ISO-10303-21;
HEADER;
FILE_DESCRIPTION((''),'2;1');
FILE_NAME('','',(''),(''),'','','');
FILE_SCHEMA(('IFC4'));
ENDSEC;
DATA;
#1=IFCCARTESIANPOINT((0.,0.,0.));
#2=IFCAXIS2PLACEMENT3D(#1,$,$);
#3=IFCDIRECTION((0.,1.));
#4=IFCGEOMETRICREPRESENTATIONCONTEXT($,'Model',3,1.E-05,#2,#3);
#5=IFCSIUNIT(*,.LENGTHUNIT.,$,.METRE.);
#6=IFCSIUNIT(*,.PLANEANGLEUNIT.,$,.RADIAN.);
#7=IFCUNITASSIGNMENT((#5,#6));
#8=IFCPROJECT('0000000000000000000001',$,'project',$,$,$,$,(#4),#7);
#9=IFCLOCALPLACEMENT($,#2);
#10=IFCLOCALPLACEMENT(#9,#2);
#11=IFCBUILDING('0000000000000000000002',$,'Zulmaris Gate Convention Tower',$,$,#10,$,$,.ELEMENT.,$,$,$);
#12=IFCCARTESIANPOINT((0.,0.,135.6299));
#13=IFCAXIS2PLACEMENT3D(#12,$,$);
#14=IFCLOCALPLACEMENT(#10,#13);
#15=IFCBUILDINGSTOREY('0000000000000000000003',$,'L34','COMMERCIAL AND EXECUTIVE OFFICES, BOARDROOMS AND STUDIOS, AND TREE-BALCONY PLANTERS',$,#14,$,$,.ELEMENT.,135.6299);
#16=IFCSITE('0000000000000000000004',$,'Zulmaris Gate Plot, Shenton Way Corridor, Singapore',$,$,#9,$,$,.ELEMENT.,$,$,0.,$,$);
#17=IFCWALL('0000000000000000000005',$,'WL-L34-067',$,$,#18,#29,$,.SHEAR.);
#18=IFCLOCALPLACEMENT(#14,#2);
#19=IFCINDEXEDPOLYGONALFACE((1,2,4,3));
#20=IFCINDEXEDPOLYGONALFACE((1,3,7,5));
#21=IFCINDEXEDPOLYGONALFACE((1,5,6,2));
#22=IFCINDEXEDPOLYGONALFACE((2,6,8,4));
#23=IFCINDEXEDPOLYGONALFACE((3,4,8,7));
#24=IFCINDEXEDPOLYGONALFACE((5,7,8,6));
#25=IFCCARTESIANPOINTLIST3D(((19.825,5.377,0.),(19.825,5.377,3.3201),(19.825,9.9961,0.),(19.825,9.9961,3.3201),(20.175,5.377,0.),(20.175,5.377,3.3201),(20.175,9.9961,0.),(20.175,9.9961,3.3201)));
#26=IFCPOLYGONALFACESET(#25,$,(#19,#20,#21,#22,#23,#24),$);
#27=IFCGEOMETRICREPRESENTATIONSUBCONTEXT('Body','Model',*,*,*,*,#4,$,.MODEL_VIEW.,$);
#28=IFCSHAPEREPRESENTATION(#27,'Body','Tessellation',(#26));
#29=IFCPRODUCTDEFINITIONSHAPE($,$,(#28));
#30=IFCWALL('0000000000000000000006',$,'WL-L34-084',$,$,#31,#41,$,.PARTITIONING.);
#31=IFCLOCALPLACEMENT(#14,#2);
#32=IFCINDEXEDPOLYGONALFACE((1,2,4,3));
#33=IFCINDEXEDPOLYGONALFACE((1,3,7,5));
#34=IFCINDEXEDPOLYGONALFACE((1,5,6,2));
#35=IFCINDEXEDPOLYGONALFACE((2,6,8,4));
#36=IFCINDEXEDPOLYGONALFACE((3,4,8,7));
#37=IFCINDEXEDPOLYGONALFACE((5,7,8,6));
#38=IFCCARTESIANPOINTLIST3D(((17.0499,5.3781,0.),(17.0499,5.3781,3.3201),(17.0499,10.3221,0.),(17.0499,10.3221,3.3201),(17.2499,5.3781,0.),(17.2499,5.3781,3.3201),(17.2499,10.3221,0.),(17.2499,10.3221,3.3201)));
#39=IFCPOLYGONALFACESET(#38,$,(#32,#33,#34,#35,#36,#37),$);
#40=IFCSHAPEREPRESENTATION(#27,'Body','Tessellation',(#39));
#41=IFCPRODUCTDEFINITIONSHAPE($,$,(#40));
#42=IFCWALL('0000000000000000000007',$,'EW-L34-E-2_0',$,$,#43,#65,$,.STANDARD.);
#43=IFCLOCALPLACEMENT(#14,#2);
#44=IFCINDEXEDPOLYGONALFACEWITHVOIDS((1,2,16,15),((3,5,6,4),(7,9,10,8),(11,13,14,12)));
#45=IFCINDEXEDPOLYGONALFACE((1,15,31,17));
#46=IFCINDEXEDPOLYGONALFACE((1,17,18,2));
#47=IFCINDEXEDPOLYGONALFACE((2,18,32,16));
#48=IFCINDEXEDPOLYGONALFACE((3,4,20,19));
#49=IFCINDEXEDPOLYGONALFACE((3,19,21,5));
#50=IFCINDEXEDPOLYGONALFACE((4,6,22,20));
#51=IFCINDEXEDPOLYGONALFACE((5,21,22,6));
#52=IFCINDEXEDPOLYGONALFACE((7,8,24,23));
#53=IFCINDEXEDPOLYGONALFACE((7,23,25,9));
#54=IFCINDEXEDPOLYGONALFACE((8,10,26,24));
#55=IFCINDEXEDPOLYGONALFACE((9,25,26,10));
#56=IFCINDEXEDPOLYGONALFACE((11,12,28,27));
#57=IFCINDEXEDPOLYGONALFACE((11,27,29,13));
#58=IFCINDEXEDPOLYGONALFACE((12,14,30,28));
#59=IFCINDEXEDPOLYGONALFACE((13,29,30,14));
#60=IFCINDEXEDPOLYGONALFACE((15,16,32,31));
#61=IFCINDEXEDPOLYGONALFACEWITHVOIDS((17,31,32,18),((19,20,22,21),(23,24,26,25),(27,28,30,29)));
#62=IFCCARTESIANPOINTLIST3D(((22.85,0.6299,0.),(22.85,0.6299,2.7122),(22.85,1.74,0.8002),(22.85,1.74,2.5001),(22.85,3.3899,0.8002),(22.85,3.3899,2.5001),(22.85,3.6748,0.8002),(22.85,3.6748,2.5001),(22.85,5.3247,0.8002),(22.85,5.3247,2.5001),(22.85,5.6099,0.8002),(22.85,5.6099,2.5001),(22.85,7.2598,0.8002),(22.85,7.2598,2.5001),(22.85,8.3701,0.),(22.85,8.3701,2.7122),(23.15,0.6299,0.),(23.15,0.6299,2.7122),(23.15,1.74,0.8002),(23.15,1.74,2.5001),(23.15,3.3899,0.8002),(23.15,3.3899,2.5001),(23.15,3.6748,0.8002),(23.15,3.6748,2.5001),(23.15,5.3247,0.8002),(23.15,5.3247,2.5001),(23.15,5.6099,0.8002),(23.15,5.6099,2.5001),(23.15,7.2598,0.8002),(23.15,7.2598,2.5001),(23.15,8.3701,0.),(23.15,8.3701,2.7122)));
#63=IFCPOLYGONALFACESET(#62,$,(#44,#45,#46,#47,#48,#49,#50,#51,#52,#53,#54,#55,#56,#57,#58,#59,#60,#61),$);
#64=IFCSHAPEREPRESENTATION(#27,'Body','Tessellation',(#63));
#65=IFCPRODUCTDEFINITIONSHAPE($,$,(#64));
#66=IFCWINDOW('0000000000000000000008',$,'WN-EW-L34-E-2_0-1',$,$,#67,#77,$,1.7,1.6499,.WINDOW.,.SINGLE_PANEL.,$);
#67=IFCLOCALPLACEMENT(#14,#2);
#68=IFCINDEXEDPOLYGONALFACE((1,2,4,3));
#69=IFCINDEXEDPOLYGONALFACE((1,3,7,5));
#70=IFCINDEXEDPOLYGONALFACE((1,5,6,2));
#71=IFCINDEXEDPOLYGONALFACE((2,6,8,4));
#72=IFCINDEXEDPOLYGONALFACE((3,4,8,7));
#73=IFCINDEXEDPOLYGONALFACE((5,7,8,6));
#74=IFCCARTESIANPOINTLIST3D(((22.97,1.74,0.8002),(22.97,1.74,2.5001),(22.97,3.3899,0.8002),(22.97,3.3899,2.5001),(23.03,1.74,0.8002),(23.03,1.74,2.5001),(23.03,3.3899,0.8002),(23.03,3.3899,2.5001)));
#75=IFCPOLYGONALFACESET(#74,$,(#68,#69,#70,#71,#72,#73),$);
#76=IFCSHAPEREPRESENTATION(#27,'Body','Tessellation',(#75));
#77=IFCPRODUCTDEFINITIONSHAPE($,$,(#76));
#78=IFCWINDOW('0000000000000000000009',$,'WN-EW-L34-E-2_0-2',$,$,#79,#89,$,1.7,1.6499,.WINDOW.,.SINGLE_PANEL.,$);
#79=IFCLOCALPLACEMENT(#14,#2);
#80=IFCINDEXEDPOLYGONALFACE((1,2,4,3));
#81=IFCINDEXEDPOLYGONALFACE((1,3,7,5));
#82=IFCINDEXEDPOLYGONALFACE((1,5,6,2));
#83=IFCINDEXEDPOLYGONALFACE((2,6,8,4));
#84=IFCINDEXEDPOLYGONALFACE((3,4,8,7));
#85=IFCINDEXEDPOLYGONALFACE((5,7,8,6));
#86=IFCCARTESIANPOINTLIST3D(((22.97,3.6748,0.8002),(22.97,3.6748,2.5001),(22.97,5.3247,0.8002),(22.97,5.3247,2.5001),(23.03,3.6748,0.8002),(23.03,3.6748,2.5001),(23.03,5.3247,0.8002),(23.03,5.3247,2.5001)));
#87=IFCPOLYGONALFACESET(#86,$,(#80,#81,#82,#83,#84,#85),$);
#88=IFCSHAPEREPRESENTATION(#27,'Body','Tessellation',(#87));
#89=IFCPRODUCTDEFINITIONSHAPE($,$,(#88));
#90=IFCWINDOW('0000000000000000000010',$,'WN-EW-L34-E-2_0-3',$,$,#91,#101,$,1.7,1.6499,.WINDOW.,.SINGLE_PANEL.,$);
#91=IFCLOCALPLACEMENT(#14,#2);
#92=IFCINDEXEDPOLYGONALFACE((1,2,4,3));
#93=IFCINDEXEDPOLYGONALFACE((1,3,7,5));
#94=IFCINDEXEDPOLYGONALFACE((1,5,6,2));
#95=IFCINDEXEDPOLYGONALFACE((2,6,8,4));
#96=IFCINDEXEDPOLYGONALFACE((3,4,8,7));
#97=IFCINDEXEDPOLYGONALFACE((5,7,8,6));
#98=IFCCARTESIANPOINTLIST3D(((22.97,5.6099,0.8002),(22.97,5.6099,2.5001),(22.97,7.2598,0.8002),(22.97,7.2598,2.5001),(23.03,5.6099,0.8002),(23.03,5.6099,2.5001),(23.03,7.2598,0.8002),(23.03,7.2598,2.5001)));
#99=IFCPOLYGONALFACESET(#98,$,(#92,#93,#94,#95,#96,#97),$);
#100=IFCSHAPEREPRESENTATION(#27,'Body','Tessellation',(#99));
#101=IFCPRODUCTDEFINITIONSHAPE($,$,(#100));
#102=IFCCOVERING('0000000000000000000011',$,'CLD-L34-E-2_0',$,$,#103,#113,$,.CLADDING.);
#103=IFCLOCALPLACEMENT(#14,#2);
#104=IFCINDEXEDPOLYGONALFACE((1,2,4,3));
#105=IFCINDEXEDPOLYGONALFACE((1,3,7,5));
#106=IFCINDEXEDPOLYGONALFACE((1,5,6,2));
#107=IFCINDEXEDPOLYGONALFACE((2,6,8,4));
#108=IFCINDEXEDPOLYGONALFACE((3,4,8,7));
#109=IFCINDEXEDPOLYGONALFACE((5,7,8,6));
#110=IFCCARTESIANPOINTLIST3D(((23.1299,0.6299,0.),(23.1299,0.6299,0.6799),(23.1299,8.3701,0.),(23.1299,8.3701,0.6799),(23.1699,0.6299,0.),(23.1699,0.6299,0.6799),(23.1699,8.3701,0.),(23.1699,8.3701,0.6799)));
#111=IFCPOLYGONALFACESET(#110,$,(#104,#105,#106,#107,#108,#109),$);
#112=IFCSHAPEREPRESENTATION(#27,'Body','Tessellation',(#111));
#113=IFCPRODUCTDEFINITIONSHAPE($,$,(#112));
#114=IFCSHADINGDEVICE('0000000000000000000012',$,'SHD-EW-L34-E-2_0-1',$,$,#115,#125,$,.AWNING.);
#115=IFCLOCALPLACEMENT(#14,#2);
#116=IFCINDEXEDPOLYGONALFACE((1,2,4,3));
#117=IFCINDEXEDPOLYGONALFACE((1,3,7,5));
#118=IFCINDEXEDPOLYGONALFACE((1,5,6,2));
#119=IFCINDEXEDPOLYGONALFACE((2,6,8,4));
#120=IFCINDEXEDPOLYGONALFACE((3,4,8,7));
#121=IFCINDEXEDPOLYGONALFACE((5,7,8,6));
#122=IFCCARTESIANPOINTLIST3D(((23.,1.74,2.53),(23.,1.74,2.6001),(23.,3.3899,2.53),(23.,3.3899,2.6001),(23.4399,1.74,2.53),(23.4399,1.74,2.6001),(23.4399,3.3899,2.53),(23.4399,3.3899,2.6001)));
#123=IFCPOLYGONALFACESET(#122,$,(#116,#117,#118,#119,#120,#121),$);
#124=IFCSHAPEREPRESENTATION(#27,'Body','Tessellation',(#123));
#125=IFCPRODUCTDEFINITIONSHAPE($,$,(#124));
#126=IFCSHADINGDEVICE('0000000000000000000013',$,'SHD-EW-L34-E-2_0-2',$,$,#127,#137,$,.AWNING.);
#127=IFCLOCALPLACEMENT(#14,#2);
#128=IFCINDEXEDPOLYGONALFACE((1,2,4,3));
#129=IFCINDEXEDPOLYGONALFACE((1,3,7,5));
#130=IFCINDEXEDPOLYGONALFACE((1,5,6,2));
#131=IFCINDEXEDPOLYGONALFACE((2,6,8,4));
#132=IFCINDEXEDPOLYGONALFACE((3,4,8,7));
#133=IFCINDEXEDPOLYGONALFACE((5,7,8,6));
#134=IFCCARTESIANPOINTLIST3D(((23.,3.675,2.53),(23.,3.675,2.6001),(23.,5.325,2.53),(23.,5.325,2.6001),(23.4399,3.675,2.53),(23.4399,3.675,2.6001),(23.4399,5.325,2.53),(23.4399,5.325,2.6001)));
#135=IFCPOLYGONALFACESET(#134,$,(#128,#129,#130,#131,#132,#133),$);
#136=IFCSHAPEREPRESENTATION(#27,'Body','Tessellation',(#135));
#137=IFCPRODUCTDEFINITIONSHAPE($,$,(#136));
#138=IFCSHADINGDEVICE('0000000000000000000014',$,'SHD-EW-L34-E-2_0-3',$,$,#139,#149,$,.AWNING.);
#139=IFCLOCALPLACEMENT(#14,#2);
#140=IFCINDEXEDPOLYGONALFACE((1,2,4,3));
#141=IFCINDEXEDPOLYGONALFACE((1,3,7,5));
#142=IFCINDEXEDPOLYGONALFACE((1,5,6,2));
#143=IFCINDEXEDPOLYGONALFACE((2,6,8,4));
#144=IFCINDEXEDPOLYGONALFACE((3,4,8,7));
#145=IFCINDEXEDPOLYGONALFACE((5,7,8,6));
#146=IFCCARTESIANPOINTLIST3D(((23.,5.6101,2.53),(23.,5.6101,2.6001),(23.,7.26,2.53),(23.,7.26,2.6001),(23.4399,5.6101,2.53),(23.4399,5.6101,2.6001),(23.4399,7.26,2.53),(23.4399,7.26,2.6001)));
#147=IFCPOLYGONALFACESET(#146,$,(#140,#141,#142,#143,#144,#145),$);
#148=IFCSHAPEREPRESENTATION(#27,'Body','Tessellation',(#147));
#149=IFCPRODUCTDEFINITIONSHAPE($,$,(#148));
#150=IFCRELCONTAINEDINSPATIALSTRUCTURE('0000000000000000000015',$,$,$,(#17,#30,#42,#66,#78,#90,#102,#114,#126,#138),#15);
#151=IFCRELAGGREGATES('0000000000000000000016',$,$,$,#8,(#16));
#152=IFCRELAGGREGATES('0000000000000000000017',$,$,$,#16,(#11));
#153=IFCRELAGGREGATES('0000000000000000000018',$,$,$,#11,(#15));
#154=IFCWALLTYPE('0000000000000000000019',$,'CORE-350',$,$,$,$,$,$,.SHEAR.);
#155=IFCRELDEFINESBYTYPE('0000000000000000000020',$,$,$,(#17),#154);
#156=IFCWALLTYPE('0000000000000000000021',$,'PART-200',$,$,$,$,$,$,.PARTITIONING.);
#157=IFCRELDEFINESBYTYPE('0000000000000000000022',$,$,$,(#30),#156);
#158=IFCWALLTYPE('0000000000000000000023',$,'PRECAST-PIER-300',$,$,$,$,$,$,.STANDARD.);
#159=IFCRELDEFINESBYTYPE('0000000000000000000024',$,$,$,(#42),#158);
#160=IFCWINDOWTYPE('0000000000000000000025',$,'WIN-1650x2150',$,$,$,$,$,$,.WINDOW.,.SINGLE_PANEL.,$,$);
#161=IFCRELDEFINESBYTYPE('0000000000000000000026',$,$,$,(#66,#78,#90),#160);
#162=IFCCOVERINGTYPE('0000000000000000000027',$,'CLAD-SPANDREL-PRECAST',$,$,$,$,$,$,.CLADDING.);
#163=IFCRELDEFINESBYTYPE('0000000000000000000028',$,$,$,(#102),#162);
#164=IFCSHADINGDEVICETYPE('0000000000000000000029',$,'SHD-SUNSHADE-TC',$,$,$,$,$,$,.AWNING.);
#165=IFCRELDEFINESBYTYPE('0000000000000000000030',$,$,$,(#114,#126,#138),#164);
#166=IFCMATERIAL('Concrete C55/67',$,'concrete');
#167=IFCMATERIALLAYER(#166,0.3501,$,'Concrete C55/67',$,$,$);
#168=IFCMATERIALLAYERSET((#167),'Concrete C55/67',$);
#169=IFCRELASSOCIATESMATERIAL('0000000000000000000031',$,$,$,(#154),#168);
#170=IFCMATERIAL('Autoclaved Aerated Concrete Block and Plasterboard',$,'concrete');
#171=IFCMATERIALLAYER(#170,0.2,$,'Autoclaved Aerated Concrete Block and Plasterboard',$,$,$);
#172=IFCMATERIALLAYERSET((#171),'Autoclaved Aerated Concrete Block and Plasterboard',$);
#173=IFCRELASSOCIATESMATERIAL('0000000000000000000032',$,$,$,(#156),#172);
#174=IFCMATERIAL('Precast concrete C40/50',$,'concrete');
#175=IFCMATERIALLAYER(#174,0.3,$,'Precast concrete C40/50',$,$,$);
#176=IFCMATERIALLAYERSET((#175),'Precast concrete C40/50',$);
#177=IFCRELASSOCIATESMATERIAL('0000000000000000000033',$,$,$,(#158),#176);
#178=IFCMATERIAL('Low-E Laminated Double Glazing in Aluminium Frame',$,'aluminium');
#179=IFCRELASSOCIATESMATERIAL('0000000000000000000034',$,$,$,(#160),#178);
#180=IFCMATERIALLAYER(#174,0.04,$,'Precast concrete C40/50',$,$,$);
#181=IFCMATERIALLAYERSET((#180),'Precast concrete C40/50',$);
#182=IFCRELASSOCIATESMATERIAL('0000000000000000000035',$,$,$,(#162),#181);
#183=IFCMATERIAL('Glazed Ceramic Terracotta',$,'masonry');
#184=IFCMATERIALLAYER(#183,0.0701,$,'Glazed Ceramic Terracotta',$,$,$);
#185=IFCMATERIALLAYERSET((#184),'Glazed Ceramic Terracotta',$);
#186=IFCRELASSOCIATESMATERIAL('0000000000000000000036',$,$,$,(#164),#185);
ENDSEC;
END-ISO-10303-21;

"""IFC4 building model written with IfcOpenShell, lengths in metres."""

from ifc_helpers import new_model, si_unit, direction, frame, frame_2d, origin, place, context, subcontext, project, spatial, rectangle, extrude, material, layer, layer_set, type_object, element, fill, save


model = new_model("IFC4")

# Units and contexts
model_context = context("Model", 3, precision=1e-05, world=origin(), true_north=direction((0.0, 1.0)))
body_context = subcontext(model_context, "Body", "Model", "MODEL_VIEW")
ifc_project = project(units=[si_unit("LENGTHUNIT", "METRE"), si_unit("PLANEANGLEUNIT", "RADIAN")], contexts=[model_context])

# Site, building, storey
site_placement = place(None, origin())
site = spatial("IfcSite", under=ifc_project, at=site_placement, Name="Zulmaris Gate Plot, Shenton Way Corridor, Singapore", CompositionType="ELEMENT", RefElevation=0.0)
building_placement = place(site_placement, origin())
building = spatial("IfcBuilding", under=site, at=building_placement, Name="Zulmaris Gate Convention Tower", CompositionType="ELEMENT")
storey_placement = place(building_placement, frame((0.0, 0.0, 135.6299)))
storey = spatial("IfcBuildingStorey", under=building, at=storey_placement, Name="L34", Description="COMMERCIAL AND EXECUTIVE OFFICES, BOARDROOMS AND STUDIOS, AND TREE-BALCONY PLANTERS", CompositionType="ELEMENT", Elevation=135.6299)

# Walls
ifc_material_1 = material(Name="Concrete C55/67", Category="concrete")
ifc_layer_1 = layer(ifc_material_1, 0.3501, Name="Concrete C55/67")
ifc_layer_set_1 = layer_set([ifc_layer_1], Name="Concrete C55/67")
wall_type_1 = type_object("IfcWallType", Name="CORE-350", PredefinedType="SHEAR", material=ifc_layer_set_1)
wall_1_placement = place(storey_placement, frame((20.0, 5.377, 0.0), z_axis=(0.0, 0.0, 1.0), x_axis=(0.0, 1.0, 0.0)))
element("IfcWall", 1, at=wall_1_placement, inside=storey, type_object=wall_type_1, Name="WL-L34-067", PredefinedType="SHEAR", context=body_context, shape_type="SweptSolid", body=[
    extrude(rectangle(XDim=4.6191, YDim=0.3501, at=frame_2d((2.3096, 0.0))), origin(), (0.0, 0.0, 1.0), 3.3201),
])
ifc_material_2 = material(Name="Autoclaved Aerated Concrete Block and Plasterboard", Category="concrete")
ifc_layer_2 = layer(ifc_material_2, 0.2, Name="Autoclaved Aerated Concrete Block and Plasterboard")
ifc_layer_set_2 = layer_set([ifc_layer_2], Name="Autoclaved Aerated Concrete Block and Plasterboard")
wall_type_2 = type_object("IfcWallType", Name="PART-200", PredefinedType="PARTITIONING", material=ifc_layer_set_2)
wall_2_placement = place(storey_placement, frame((17.1499, 5.3779, 0.0), z_axis=(0.0, 0.0, 1.0), x_axis=(0.0, 1.0, 0.0)))
element("IfcWall", 2, at=wall_2_placement, inside=storey, type_object=wall_type_2, Name="WL-L34-084", PredefinedType="PARTITIONING", context=body_context, shape_type="SweptSolid", body=[
    extrude(rectangle(XDim=4.9441, YDim=0.2, at=frame_2d((2.4722, 0.0))), origin(), (0.0, 0.0, 1.0), 3.3201),
])

# Wall, openings, windows
ifc_material_3 = material(Name="Precast concrete C40/50", Category="concrete")
ifc_layer_3 = layer(ifc_material_3, 0.3, Name="Precast concrete C40/50")
ifc_layer_set_3 = layer_set([ifc_layer_3], Name="Precast concrete C40/50")
wall_type_3 = type_object("IfcWallType", Name="PRECAST-PIER-300", PredefinedType="STANDARD", material=ifc_layer_set_3)
wall_3_placement = place(storey_placement, frame((23.0, 0.6299, 0.0), z_axis=(0.0, 0.0, 1.0), x_axis=(0.0, 1.0, 0.0)))
wall_3 = element("IfcWall", 3, at=wall_3_placement, inside=storey, type_object=wall_type_3, Name="EW-L34-E-2_0", PredefinedType="STANDARD", context=body_context, shape_type="SweptSolid", body=[
    extrude(rectangle(XDim=7.7402, YDim=0.3, at=frame_2d((3.8701, 0.0))), origin(), (0.0, 0.0, 1.0), 2.7122),
])
opening_1_placement = place(wall_3_placement, frame((1.1101, 0.0, 0.8)))
opening_1 = element("IfcOpeningElement", 4, at=opening_1_placement, cuts=wall_3, PredefinedType="OPENING", context=body_context, shape_type="SweptSolid", body=[
    extrude(rectangle(XDim=1.6499, YDim=1.7, at=frame_2d((0.825, 0.8501))), frame((0.0, 0.1602, 0.0), z_axis=(0.0, -1.0, 0.0), x_axis=(1.0, 0.0, 0.0)), (0.0, 0.0, 1.0), 0.3201),
])
opening_2_placement = place(wall_3_placement, frame((3.0449, 0.0, 0.8)))
opening_2 = element("IfcOpeningElement", 5, at=opening_2_placement, cuts=wall_3, PredefinedType="OPENING", context=body_context, shape_type="SweptSolid", body=[
    extrude(rectangle(XDim=1.6499, YDim=1.7, at=frame_2d((0.825, 0.8501))), frame((0.0, 0.1602, 0.0), z_axis=(0.0, -1.0, 0.0), x_axis=(1.0, 0.0, 0.0)), (0.0, 0.0, 1.0), 0.3201),
])
opening_3_placement = place(wall_3_placement, frame((4.98, 0.0, 0.8)))
opening_3 = element("IfcOpeningElement", 6, at=opening_3_placement, cuts=wall_3, PredefinedType="OPENING", context=body_context, shape_type="SweptSolid", body=[
    extrude(rectangle(XDim=1.6499, YDim=1.7, at=frame_2d((0.825, 0.8501))), frame((0.0, 0.1602, 0.0), z_axis=(0.0, -1.0, 0.0), x_axis=(1.0, 0.0, 0.0)), (0.0, 0.0, 1.0), 0.3201),
])
ifc_material_4 = material(Name="Low-E Laminated Double Glazing in Aluminium Frame", Category="aluminium")
window_type = type_object("IfcWindowType", Name="WIN-1650x2150", PartitioningType="SINGLE_PANEL", PredefinedType="WINDOW", material=ifc_material_4)
window_1_placement = place(opening_1_placement, origin())
window_1 = element("IfcWindow", 7, at=window_1_placement, inside=storey, type_object=window_type, Name="WN-EW-L34-E-2_0-1", OverallHeight=1.7, OverallWidth=1.6499, PartitioningType="SINGLE_PANEL", PredefinedType="WINDOW", context=body_context, shape_type="SweptSolid", body=[
    extrude(rectangle(XDim=1.6499, YDim=1.7, at=frame_2d((0.825, 0.8501))), frame((0.0, 0.03, 0.0), z_axis=(0.0, -1.0, 0.0), x_axis=(1.0, 0.0, 0.0)), (0.0, 0.0, 1.0), 0.0601),
])
fill(opening_1, window_1)
window_2_placement = place(opening_2_placement, origin())
window_2 = element("IfcWindow", 8, at=window_2_placement, inside=storey, type_object=window_type, Name="WN-EW-L34-E-2_0-2", OverallHeight=1.7, OverallWidth=1.6499, PartitioningType="SINGLE_PANEL", PredefinedType="WINDOW", context=body_context, shape_type="SweptSolid", body=[
    extrude(rectangle(XDim=1.6499, YDim=1.7, at=frame_2d((0.825, 0.8501))), frame((0.0, 0.03, 0.0), z_axis=(0.0, -1.0, 0.0), x_axis=(1.0, 0.0, 0.0)), (0.0, 0.0, 1.0), 0.0601),
])
fill(opening_2, window_2)
window_3_placement = place(opening_3_placement, origin())
window_3 = element("IfcWindow", 9, at=window_3_placement, inside=storey, type_object=window_type, Name="WN-EW-L34-E-2_0-3", OverallHeight=1.7, OverallWidth=1.6499, PartitioningType="SINGLE_PANEL", PredefinedType="WINDOW", context=body_context, shape_type="SweptSolid", body=[
    extrude(rectangle(XDim=1.6499, YDim=1.7, at=frame_2d((0.825, 0.8501))), frame((0.0, 0.03, 0.0), z_axis=(0.0, -1.0, 0.0), x_axis=(1.0, 0.0, 0.0)), (0.0, 0.0, 1.0), 0.0601),
])
fill(opening_3, window_3)

# Covering
ifc_layer_4 = layer(ifc_material_3, 0.04, Name="Precast concrete C40/50")
ifc_layer_set_4 = layer_set([ifc_layer_4], Name="Precast concrete C40/50")
covering_type = type_object("IfcCoveringType", Name="CLAD-SPANDREL-PRECAST", PredefinedType="CLADDING", material=ifc_layer_set_4)
covering_placement = place(storey_placement, frame((23.1499, 0.6299, 0.0), z_axis=(0.0, 0.0, 1.0), x_axis=(0.0, 1.0, 0.0)))
element("IfcCovering", 10, at=covering_placement, inside=storey, type_object=covering_type, Name="CLD-L34-E-2_0", PredefinedType="CLADDING", context=body_context, shape_type="SweptSolid", body=[
    extrude(rectangle(XDim=7.7402, YDim=0.04, at=frame_2d((3.8701, 0.0))), origin(), (0.0, 0.0, 1.0), 0.6799),
])

# Shading devices
ifc_material_5 = material(Name="Glazed Ceramic Terracotta", Category="masonry")
ifc_layer_5 = layer(ifc_material_5, 0.0701, Name="Glazed Ceramic Terracotta")
ifc_layer_set_5 = layer_set([ifc_layer_5], Name="Glazed Ceramic Terracotta")
shading_device_type = type_object("IfcShadingDeviceType", Name="SHD-SUNSHADE-TC", PredefinedType="AWNING", material=ifc_layer_set_5)
for number, where, z_axis, x_axis, name in (
    (11, (23.22, 1.74, 2.53), (0.0, 0.0, 1.0), (0.0, 1.0, 0.0), "SHD-EW-L34-E-2_0-1"),
    (12, (23.22, 3.675, 2.53), (0.0, 0.0, 1.0), (0.0, 1.0, 0.0), "SHD-EW-L34-E-2_0-2"),
    (13, (23.22, 5.6101, 2.53), (0.0, 0.0, 1.0), (0.0, 1.0, 0.0), "SHD-EW-L34-E-2_0-3"),
):
    element("IfcShadingDevice", number, at=place(storey_placement, frame(where, z_axis=z_axis, x_axis=x_axis)), inside=storey, type_object=shading_device_type, Name=name, PredefinedType="AWNING", context=body_context, shape_type="SweptSolid", body=[
        extrude(rectangle(XDim=1.6499, YDim=0.4399, at=frame_2d((0.825, 0.0))), origin(), (0.0, 0.0, 1.0), 0.0701),
    ])

save(model, "model.ifc")
